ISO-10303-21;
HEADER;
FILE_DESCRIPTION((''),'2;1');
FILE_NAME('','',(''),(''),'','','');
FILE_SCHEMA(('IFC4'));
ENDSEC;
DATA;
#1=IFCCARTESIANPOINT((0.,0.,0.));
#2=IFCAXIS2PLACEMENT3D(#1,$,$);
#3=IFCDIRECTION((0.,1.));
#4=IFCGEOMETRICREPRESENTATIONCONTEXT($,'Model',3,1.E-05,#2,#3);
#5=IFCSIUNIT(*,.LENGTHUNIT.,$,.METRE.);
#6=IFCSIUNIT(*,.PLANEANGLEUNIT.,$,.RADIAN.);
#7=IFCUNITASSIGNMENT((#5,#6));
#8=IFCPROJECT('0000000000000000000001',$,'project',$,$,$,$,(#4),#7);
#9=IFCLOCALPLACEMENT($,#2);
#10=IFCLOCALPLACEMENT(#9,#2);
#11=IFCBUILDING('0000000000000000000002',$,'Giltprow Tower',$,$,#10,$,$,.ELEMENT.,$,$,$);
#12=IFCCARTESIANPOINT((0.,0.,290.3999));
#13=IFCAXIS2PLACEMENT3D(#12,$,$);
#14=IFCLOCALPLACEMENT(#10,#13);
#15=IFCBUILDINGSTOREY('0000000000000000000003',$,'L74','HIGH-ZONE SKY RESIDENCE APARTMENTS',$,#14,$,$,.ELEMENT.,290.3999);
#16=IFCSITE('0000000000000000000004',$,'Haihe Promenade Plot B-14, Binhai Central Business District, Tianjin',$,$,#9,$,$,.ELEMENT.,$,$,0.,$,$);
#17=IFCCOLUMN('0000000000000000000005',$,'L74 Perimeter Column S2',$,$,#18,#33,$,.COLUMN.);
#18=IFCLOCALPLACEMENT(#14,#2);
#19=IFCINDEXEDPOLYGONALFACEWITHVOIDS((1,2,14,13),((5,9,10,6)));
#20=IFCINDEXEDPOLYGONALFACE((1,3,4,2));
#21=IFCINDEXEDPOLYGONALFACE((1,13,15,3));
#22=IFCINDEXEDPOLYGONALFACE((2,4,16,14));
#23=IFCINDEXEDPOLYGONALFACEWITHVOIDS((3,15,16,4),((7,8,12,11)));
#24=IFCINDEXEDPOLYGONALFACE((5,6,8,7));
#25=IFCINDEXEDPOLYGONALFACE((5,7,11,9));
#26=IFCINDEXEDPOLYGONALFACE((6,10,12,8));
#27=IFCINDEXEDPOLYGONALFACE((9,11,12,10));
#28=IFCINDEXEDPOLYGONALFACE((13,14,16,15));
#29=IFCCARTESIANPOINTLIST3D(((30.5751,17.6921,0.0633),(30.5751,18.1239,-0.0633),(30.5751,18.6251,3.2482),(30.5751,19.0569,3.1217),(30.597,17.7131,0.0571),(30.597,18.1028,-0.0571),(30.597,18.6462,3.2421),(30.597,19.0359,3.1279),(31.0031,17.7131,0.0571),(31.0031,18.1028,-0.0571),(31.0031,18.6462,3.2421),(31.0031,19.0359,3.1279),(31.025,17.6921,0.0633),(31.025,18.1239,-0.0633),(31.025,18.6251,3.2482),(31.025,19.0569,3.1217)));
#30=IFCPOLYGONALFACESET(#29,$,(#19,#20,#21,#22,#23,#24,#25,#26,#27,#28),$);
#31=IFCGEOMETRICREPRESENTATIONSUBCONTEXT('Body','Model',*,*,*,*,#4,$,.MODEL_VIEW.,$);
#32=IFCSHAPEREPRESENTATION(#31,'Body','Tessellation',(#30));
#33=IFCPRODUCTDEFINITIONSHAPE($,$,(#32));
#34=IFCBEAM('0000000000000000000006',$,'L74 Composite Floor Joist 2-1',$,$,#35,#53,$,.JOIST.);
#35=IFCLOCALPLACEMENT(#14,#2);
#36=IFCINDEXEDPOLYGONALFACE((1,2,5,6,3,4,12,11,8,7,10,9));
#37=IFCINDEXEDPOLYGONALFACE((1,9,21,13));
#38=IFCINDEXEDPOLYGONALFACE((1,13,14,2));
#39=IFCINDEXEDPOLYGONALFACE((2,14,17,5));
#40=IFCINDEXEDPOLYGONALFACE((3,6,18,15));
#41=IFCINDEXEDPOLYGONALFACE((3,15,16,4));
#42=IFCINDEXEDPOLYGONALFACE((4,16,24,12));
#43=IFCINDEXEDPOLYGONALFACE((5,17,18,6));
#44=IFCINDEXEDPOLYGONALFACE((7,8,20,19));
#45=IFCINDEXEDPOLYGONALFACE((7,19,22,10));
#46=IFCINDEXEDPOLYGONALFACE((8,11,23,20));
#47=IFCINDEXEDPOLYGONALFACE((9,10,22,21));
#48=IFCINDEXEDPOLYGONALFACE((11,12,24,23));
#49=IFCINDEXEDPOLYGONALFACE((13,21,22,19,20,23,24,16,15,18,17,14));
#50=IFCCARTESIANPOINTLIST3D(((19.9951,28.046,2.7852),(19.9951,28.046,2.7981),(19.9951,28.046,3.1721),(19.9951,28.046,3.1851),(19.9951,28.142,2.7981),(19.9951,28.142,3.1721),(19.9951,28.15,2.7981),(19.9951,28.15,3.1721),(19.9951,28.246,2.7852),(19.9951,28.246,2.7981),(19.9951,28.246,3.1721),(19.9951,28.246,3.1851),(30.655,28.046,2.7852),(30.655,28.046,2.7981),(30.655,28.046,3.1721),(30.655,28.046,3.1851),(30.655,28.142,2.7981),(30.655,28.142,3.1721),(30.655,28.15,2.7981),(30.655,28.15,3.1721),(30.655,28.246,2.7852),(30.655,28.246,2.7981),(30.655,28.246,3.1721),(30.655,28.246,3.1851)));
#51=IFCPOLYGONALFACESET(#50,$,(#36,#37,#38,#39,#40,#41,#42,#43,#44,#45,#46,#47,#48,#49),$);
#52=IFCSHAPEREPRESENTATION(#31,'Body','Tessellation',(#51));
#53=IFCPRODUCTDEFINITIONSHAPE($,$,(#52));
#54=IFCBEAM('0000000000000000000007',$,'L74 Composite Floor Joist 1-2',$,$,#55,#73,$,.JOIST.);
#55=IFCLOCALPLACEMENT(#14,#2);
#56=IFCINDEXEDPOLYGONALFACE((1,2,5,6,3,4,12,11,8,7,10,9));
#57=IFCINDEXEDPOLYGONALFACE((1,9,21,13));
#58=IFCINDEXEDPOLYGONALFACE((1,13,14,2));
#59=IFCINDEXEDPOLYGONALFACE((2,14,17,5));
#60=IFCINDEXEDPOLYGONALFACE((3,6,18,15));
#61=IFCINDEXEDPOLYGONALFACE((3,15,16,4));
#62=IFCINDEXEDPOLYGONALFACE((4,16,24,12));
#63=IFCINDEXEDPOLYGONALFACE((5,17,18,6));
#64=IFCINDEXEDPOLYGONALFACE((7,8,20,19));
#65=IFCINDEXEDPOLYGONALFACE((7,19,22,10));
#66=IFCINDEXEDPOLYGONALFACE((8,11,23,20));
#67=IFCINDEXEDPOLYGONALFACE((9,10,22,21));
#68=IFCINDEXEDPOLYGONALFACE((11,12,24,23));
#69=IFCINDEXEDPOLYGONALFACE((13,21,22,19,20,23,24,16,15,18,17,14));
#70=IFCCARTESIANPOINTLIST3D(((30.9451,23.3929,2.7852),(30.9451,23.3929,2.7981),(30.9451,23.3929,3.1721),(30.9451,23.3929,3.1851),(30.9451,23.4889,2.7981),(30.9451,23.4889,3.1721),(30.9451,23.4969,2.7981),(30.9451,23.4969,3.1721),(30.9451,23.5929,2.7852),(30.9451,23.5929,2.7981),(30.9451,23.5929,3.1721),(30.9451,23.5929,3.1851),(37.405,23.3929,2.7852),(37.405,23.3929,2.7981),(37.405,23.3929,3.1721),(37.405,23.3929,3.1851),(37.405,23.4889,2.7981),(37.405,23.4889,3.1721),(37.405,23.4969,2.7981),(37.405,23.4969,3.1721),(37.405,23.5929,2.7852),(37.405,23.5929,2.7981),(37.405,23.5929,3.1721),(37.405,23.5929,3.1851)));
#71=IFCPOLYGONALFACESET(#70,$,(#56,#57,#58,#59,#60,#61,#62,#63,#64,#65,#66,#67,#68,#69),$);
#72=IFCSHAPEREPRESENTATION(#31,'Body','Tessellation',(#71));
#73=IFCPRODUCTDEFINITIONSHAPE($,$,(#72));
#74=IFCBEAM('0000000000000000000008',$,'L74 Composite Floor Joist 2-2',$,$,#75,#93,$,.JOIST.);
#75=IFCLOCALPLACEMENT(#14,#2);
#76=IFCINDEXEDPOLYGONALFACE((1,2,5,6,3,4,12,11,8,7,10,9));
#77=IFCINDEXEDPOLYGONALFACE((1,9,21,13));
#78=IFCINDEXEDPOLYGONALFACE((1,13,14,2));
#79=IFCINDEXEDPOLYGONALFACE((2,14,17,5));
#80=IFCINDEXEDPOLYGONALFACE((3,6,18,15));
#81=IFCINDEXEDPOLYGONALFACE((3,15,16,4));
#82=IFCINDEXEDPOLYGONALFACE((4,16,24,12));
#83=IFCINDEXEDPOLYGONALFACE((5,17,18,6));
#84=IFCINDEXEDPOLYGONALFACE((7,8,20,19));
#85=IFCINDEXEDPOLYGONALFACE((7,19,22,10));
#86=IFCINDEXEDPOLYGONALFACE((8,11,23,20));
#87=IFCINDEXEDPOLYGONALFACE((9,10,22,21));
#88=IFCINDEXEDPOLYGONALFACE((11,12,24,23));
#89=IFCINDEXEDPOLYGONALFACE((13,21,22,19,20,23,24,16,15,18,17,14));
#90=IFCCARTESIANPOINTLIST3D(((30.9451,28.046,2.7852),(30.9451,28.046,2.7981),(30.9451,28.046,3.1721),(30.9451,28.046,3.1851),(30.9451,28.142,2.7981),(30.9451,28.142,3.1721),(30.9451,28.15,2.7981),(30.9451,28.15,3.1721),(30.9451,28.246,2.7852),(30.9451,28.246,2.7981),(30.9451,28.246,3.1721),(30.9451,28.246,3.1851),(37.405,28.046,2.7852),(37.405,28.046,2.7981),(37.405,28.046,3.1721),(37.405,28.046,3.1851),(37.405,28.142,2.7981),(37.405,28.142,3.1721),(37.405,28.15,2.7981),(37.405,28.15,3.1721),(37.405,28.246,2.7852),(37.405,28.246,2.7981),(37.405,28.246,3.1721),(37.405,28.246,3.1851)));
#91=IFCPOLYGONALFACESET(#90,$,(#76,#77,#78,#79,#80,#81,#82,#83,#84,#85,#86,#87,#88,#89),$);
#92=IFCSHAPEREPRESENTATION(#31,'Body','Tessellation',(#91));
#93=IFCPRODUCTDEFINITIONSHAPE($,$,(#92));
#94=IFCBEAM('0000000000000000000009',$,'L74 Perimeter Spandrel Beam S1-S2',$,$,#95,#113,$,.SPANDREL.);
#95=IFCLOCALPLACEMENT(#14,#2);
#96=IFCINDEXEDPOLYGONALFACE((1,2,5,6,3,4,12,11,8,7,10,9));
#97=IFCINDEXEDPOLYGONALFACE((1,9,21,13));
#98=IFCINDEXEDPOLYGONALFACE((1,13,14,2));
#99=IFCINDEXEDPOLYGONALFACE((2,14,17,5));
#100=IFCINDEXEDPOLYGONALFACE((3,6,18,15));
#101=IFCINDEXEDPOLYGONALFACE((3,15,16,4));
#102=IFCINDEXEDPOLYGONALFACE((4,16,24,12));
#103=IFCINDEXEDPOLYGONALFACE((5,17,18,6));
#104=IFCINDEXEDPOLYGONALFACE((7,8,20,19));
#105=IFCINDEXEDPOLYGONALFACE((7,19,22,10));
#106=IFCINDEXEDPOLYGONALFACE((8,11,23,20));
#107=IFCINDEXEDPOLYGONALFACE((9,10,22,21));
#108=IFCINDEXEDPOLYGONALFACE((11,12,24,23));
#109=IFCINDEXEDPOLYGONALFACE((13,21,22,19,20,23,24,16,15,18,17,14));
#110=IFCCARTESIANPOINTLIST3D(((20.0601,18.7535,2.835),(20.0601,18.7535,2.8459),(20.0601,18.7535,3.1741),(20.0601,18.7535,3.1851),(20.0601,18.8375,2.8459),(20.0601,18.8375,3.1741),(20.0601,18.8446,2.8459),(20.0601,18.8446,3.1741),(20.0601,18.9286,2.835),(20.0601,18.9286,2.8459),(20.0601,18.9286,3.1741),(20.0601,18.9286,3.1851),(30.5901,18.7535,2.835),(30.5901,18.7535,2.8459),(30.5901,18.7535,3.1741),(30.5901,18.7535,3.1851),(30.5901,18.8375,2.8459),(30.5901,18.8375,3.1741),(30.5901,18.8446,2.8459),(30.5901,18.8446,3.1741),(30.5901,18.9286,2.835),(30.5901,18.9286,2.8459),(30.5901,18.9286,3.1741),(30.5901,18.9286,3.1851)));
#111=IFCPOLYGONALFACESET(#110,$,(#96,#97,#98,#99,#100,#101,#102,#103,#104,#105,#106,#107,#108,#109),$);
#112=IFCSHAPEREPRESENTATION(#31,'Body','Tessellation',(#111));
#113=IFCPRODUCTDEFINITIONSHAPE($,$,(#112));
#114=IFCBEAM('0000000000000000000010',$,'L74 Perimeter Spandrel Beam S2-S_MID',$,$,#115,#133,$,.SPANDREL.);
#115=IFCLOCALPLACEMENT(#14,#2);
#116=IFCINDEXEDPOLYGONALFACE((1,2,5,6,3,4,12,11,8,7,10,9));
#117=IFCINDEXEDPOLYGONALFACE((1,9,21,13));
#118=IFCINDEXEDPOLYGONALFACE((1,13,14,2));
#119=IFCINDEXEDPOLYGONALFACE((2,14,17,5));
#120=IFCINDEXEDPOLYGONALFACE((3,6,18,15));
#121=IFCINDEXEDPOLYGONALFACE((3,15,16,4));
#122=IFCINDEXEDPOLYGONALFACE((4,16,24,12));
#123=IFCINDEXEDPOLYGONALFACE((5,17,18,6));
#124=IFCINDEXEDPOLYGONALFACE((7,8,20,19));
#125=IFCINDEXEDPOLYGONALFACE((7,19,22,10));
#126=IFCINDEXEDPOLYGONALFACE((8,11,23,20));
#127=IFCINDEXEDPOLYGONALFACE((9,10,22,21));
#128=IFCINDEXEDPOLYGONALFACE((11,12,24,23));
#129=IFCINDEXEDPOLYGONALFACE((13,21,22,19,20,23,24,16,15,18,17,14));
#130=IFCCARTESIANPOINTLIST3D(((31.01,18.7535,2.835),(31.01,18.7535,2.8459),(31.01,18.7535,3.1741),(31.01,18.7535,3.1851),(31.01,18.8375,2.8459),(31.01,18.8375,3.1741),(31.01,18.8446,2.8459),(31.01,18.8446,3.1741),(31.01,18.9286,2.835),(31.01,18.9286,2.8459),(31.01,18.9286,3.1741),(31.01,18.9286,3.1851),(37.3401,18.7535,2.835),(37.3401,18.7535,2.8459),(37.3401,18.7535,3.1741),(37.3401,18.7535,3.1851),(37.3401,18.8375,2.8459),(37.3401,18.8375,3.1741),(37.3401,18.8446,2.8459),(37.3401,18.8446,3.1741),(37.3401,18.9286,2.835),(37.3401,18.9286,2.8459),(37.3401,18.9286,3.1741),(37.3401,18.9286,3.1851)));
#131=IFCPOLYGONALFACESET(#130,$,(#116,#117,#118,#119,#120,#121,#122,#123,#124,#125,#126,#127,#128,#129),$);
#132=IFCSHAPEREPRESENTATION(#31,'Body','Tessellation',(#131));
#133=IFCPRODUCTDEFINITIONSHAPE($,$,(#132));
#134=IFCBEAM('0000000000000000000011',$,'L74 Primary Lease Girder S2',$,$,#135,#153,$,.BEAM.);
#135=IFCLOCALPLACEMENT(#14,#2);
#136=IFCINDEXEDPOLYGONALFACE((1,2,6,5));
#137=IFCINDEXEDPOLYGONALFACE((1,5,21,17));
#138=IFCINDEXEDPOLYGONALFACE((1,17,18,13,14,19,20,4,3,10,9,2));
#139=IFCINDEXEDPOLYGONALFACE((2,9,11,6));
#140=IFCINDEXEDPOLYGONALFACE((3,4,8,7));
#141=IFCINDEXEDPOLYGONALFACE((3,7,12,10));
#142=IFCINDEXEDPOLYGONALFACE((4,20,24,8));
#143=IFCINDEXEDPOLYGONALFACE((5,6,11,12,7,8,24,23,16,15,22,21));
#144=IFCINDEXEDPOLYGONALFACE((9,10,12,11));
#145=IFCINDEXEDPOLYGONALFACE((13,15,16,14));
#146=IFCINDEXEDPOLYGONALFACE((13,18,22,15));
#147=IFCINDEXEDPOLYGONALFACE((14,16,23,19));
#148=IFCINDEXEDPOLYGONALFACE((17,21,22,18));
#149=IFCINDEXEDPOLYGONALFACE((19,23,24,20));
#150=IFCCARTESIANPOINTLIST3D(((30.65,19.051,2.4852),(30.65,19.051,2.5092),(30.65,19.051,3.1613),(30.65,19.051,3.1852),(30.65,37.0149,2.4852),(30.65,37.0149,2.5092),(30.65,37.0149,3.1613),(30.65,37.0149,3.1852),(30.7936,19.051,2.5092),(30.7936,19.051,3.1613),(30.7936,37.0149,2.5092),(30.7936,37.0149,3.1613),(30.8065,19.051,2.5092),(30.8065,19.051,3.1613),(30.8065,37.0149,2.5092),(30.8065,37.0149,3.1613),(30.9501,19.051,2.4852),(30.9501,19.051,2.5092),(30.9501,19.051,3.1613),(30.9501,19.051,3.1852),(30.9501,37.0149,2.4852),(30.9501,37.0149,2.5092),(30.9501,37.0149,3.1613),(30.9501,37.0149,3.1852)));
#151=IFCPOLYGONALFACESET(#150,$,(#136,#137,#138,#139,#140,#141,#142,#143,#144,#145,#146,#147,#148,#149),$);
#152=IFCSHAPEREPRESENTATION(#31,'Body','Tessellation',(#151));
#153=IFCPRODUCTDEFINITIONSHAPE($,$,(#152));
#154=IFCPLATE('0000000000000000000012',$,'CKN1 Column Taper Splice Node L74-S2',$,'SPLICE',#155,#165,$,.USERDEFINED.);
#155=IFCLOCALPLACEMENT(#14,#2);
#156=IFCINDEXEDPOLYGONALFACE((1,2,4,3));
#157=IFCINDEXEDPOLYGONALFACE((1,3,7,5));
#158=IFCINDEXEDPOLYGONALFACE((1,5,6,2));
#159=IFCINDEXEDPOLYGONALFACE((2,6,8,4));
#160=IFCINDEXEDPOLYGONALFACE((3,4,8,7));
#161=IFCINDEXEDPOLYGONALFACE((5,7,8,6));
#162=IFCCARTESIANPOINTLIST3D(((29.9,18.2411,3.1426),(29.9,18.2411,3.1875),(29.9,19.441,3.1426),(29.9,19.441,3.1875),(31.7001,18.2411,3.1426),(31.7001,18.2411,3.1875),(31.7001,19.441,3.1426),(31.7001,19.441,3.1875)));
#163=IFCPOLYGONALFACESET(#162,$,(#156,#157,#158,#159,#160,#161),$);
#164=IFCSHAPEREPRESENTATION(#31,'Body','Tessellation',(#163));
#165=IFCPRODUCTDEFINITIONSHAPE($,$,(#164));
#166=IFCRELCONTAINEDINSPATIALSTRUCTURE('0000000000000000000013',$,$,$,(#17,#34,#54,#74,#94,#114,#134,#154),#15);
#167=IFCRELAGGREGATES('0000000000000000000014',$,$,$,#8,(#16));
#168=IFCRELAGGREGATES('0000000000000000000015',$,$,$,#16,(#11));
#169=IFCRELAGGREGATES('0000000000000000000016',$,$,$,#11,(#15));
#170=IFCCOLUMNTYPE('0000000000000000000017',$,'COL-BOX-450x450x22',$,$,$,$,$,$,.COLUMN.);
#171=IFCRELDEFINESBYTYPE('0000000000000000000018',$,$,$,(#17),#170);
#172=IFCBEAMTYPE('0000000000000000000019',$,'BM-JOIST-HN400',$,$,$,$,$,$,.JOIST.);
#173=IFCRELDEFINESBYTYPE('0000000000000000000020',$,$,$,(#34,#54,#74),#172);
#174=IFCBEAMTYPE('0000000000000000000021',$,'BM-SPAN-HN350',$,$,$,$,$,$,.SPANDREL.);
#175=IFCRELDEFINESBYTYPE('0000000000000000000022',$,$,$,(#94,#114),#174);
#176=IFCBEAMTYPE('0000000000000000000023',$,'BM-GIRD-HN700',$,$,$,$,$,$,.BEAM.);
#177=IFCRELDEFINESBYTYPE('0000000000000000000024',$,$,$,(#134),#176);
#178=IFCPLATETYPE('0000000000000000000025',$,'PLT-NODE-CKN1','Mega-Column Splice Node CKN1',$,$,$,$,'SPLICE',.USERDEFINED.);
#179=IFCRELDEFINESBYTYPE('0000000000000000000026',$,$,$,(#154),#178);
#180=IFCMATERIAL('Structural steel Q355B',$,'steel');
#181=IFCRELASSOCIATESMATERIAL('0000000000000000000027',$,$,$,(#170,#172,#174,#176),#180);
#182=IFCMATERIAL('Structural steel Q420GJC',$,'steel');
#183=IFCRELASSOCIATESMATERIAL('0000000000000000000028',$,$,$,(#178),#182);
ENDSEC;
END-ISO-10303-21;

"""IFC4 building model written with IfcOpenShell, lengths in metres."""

from ifc_helpers import new_model, si_unit, direction, frame, origin, origin_2d, place, context, subcontext, project, spatial, rectangle, hollow_rectangle, i_section, extrude, source, transform, mapped, material, material_profile, profile_set, type_object, element, save


model = new_model("IFC4")

# Units and contexts
model_context = context("Model", 3, precision=1e-05, world=origin(), true_north=direction((0.0, 1.0)))
body_context = subcontext(model_context, "Body", "Model", "MODEL_VIEW")
ifc_project = project(units=[si_unit("LENGTHUNIT", "METRE"), si_unit("PLANEANGLEUNIT", "RADIAN")], contexts=[model_context])

# Site, building, storey
site_placement = place(None, origin())
site = spatial("IfcSite", under=ifc_project, at=site_placement, Name="Haihe Promenade Plot B-14, Binhai Central Business District, Tianjin", CompositionType="ELEMENT", RefElevation=0.0)
building_placement = place(site_placement, origin())
building = spatial("IfcBuilding", under=site, at=building_placement, Name="Giltprow Tower", CompositionType="ELEMENT")
storey_placement = place(building_placement, frame((0.0, 0.0, 290.3999)))
storey = spatial("IfcBuildingStorey", under=building, at=storey_placement, Name="L74", Description="HIGH-ZONE SKY RESIDENCE APARTMENTS", CompositionType="ELEMENT", Elevation=290.3999)

# Column
ifc_material_1 = material(Name="Structural steel Q355B", Category="steel")
ifc_material_profile_1 = material_profile(ifc_material_1, hollow_rectangle(XDim=0.45, YDim=0.45, WallThickness=0.022, at=origin_2d()), Name="BOX 450x450x22")
ifc_profile_set_1 = profile_set([ifc_material_profile_1], Name="Structural steel Q355B")
column_type = type_object("IfcColumnType", Name="COL-BOX-450x450x22", PredefinedType="COLUMN", material=ifc_profile_set_1)
shared_shape_1 = source(origin(), body_context, "Body", "SweptSolid", [
    extrude(hollow_rectangle(XDim=0.45, YDim=0.45, WallThickness=0.022, at=origin_2d()), origin(), (0.0, 0.0, 1.0), 3.3188),
])
column_placement = place(storey_placement, frame((30.8, 17.908, 0.0), z_axis=(0.0, 0.281147, 0.959665), x_axis=(-1.0, 0.0, 0.0)))
element("IfcColumn", 1, at=column_placement, inside=storey, type_object=column_type, Name="L74 Perimeter Column S2", PredefinedType="COLUMN", context=body_context, shape_type="MappedRepresentation", body=[
    mapped(shared_shape_1, transform((0.0, 0.0, 0.0), x_axis=(1.0, 0.0, 0.0), y_axis=(0.0, 1.0, 0.0), z_axis=(0.0, 0.0, 1.0), scale=1.0)),
])

# Beams
ifc_material_profile_2 = material_profile(ifc_material_1, i_section(OverallWidth=0.2, OverallDepth=0.3999, WebThickness=0.0081, FlangeThickness=0.0129, at=origin_2d()), Name="HN 400x200x8x13")
ifc_profile_set_2 = profile_set([ifc_material_profile_2], Name="Structural steel Q355B")
beam_type_1 = type_object("IfcBeamType", Name="BM-JOIST-HN400", PredefinedType="JOIST", material=ifc_profile_set_2)
shared_shape_2 = source(origin(), body_context, "Body", "SweptSolid", [
    extrude(i_section(OverallWidth=0.2, OverallDepth=0.3999, WebThickness=0.0081, FlangeThickness=0.0129, at=origin_2d()), origin(), (0.0, 0.0, 1.0), 10.6599),
])
beam_1_placement = place(storey_placement, frame((19.9951, 28.146, 2.9851), z_axis=(1.0, 0.0, 0.0), x_axis=(0.0, 1.0, 0.0)))
element("IfcBeam", 2, at=beam_1_placement, inside=storey, type_object=beam_type_1, Name="L74 Composite Floor Joist 2-1", PredefinedType="JOIST", context=body_context, shape_type="MappedRepresentation", body=[
    mapped(shared_shape_2, transform((0.0, 0.0, 0.0), x_axis=(1.0, 0.0, 0.0), y_axis=(0.0, 1.0, 0.0), z_axis=(0.0, 0.0, 1.0), scale=1.0)),
])
shared_shape_3 = source(origin(), body_context, "Body", "SweptSolid", [
    extrude(i_section(OverallWidth=0.2, OverallDepth=0.3999, WebThickness=0.0081, FlangeThickness=0.0129, at=origin_2d()), origin(), (0.0, 0.0, 1.0), 6.46),
])
for number, where, z_axis, x_axis, name in (
    (3, (30.9451, 23.4929, 2.9851), (1.0, 0.0, 0.0), (0.0, 1.0, 0.0), "L74 Composite Floor Joist 1-2"),
    (4, (30.9451, 28.146, 2.9851), (1.0, 0.0, 0.0), (0.0, 1.0, 0.0), "L74 Composite Floor Joist 2-2"),
):
    element("IfcBeam", number, at=place(storey_placement, frame(where, z_axis=z_axis, x_axis=x_axis)), inside=storey, type_object=beam_type_1, Name=name, PredefinedType="JOIST", context=body_context, shape_type="MappedRepresentation", body=[
        mapped(shared_shape_3, transform((0.0, 0.0, 0.0), x_axis=(1.0, 0.0, 0.0), y_axis=(0.0, 1.0, 0.0), z_axis=(0.0, 0.0, 1.0), scale=1.0)),
    ])
ifc_material_profile_3 = material_profile(ifc_material_1, i_section(OverallWidth=0.175, OverallDepth=0.3501, WebThickness=0.0071, FlangeThickness=0.011, at=origin_2d()), Name="HN 350x175x7x11")
ifc_profile_set_3 = profile_set([ifc_material_profile_3], Name="Structural steel Q355B")
beam_type_2 = type_object("IfcBeamType", Name="BM-SPAN-HN350", PredefinedType="SPANDREL", material=ifc_profile_set_3)
shared_shape_4 = source(origin(), body_context, "Body", "SweptSolid", [
    extrude(i_section(OverallWidth=0.175, OverallDepth=0.3501, WebThickness=0.0071, FlangeThickness=0.011, at=origin_2d()), origin(), (0.0, 0.0, 1.0), 10.53),
])
beam_2_placement = place(storey_placement, frame((20.0601, 18.8411, 3.01), z_axis=(1.0, 0.0, 0.0), x_axis=(0.0, 1.0, 0.0)))
element("IfcBeam", 5, at=beam_2_placement, inside=storey, type_object=beam_type_2, Name="L74 Perimeter Spandrel Beam S1-S2", PredefinedType="SPANDREL", context=body_context, shape_type="MappedRepresentation", body=[
    mapped(shared_shape_4, transform((0.0, 0.0, 0.0), x_axis=(1.0, 0.0, 0.0), y_axis=(0.0, 1.0, 0.0), z_axis=(0.0, 0.0, 1.0), scale=1.0)),
])
shared_shape_5 = source(origin(), body_context, "Body", "SweptSolid", [
    extrude(i_section(OverallWidth=0.175, OverallDepth=0.3501, WebThickness=0.0071, FlangeThickness=0.011, at=origin_2d()), origin(), (0.0, 0.0, 1.0), 6.3301),
])
beam_3_placement = place(storey_placement, frame((31.01, 18.8411, 3.01), z_axis=(1.0, 0.0, 0.0), x_axis=(0.0, 1.0, 0.0)))
element("IfcBeam", 6, at=beam_3_placement, inside=storey, type_object=beam_type_2, Name="L74 Perimeter Spandrel Beam S2-S_MID", PredefinedType="SPANDREL", context=body_context, shape_type="MappedRepresentation", body=[
    mapped(shared_shape_5, transform((0.0, 0.0, 0.0), x_axis=(1.0, 0.0, 0.0), y_axis=(0.0, 1.0, 0.0), z_axis=(0.0, 0.0, 1.0), scale=1.0)),
])
ifc_material_profile_4 = material_profile(ifc_material_1, i_section(OverallWidth=0.3, OverallDepth=0.7, WebThickness=0.0129, FlangeThickness=0.0239, at=origin_2d()), Name="HN 700x300x13x24")
ifc_profile_set_4 = profile_set([ifc_material_profile_4], Name="Structural steel Q355B")
beam_type_3 = type_object("IfcBeamType", Name="BM-GIRD-HN700", PredefinedType="BEAM", material=ifc_profile_set_4)
shared_shape_6 = source(origin(), body_context, "Body", "SweptSolid", [
    extrude(i_section(OverallWidth=0.3, OverallDepth=0.7, WebThickness=0.0129, FlangeThickness=0.0239, at=origin_2d()), origin(), (0.0, 0.0, 1.0), 17.9639),
])
beam_4_placement = place(storey_placement, frame((30.8, 19.051, 2.8352), z_axis=(0.0, 1.0, 0.0), x_axis=(-1.0, 0.0, 0.0)))
element("IfcBeam", 7, at=beam_4_placement, inside=storey, type_object=beam_type_3, Name="L74 Primary Lease Girder S2", PredefinedType="BEAM", context=body_context, shape_type="MappedRepresentation", body=[
    mapped(shared_shape_6, transform((0.0, 0.0, 0.0), x_axis=(1.0, 0.0, 0.0), y_axis=(0.0, 1.0, 0.0), z_axis=(0.0, 0.0, 1.0), scale=1.0)),
])

# Plate
ifc_material_2 = material(Name="Structural steel Q420GJC", Category="steel")
plate_type = type_object("IfcPlateType", Name="PLT-NODE-CKN1", Description="Mega-Column Splice Node CKN1", ElementType="SPLICE", PredefinedType="USERDEFINED", material=ifc_material_2)
shared_shape_7 = source(origin(), body_context, "Body", "SweptSolid", [
    extrude(rectangle(XDim=1.8, YDim=1.2, at=origin_2d()), origin(), (0.0, 0.0, 1.0), 0.0449),
])
plate_placement = place(storey_placement, frame((30.8, 18.8411, 3.1426), z_axis=(0.0, 0.0, 1.0), x_axis=(1.0, 0.0, 0.0)))
element("IfcPlate", 8, at=plate_placement, inside=storey, type_object=plate_type, Name="CKN1 Column Taper Splice Node L74-S2", ObjectType="SPLICE", PredefinedType="USERDEFINED", context=body_context, shape_type="MappedRepresentation", body=[
    mapped(shared_shape_7, transform((0.0, 0.0, 0.0), x_axis=(1.0, 0.0, 0.0), y_axis=(0.0, 1.0, 0.0), z_axis=(0.0, 0.0, 1.0), scale=1.0)),
])

save(model, "model.ifc")
